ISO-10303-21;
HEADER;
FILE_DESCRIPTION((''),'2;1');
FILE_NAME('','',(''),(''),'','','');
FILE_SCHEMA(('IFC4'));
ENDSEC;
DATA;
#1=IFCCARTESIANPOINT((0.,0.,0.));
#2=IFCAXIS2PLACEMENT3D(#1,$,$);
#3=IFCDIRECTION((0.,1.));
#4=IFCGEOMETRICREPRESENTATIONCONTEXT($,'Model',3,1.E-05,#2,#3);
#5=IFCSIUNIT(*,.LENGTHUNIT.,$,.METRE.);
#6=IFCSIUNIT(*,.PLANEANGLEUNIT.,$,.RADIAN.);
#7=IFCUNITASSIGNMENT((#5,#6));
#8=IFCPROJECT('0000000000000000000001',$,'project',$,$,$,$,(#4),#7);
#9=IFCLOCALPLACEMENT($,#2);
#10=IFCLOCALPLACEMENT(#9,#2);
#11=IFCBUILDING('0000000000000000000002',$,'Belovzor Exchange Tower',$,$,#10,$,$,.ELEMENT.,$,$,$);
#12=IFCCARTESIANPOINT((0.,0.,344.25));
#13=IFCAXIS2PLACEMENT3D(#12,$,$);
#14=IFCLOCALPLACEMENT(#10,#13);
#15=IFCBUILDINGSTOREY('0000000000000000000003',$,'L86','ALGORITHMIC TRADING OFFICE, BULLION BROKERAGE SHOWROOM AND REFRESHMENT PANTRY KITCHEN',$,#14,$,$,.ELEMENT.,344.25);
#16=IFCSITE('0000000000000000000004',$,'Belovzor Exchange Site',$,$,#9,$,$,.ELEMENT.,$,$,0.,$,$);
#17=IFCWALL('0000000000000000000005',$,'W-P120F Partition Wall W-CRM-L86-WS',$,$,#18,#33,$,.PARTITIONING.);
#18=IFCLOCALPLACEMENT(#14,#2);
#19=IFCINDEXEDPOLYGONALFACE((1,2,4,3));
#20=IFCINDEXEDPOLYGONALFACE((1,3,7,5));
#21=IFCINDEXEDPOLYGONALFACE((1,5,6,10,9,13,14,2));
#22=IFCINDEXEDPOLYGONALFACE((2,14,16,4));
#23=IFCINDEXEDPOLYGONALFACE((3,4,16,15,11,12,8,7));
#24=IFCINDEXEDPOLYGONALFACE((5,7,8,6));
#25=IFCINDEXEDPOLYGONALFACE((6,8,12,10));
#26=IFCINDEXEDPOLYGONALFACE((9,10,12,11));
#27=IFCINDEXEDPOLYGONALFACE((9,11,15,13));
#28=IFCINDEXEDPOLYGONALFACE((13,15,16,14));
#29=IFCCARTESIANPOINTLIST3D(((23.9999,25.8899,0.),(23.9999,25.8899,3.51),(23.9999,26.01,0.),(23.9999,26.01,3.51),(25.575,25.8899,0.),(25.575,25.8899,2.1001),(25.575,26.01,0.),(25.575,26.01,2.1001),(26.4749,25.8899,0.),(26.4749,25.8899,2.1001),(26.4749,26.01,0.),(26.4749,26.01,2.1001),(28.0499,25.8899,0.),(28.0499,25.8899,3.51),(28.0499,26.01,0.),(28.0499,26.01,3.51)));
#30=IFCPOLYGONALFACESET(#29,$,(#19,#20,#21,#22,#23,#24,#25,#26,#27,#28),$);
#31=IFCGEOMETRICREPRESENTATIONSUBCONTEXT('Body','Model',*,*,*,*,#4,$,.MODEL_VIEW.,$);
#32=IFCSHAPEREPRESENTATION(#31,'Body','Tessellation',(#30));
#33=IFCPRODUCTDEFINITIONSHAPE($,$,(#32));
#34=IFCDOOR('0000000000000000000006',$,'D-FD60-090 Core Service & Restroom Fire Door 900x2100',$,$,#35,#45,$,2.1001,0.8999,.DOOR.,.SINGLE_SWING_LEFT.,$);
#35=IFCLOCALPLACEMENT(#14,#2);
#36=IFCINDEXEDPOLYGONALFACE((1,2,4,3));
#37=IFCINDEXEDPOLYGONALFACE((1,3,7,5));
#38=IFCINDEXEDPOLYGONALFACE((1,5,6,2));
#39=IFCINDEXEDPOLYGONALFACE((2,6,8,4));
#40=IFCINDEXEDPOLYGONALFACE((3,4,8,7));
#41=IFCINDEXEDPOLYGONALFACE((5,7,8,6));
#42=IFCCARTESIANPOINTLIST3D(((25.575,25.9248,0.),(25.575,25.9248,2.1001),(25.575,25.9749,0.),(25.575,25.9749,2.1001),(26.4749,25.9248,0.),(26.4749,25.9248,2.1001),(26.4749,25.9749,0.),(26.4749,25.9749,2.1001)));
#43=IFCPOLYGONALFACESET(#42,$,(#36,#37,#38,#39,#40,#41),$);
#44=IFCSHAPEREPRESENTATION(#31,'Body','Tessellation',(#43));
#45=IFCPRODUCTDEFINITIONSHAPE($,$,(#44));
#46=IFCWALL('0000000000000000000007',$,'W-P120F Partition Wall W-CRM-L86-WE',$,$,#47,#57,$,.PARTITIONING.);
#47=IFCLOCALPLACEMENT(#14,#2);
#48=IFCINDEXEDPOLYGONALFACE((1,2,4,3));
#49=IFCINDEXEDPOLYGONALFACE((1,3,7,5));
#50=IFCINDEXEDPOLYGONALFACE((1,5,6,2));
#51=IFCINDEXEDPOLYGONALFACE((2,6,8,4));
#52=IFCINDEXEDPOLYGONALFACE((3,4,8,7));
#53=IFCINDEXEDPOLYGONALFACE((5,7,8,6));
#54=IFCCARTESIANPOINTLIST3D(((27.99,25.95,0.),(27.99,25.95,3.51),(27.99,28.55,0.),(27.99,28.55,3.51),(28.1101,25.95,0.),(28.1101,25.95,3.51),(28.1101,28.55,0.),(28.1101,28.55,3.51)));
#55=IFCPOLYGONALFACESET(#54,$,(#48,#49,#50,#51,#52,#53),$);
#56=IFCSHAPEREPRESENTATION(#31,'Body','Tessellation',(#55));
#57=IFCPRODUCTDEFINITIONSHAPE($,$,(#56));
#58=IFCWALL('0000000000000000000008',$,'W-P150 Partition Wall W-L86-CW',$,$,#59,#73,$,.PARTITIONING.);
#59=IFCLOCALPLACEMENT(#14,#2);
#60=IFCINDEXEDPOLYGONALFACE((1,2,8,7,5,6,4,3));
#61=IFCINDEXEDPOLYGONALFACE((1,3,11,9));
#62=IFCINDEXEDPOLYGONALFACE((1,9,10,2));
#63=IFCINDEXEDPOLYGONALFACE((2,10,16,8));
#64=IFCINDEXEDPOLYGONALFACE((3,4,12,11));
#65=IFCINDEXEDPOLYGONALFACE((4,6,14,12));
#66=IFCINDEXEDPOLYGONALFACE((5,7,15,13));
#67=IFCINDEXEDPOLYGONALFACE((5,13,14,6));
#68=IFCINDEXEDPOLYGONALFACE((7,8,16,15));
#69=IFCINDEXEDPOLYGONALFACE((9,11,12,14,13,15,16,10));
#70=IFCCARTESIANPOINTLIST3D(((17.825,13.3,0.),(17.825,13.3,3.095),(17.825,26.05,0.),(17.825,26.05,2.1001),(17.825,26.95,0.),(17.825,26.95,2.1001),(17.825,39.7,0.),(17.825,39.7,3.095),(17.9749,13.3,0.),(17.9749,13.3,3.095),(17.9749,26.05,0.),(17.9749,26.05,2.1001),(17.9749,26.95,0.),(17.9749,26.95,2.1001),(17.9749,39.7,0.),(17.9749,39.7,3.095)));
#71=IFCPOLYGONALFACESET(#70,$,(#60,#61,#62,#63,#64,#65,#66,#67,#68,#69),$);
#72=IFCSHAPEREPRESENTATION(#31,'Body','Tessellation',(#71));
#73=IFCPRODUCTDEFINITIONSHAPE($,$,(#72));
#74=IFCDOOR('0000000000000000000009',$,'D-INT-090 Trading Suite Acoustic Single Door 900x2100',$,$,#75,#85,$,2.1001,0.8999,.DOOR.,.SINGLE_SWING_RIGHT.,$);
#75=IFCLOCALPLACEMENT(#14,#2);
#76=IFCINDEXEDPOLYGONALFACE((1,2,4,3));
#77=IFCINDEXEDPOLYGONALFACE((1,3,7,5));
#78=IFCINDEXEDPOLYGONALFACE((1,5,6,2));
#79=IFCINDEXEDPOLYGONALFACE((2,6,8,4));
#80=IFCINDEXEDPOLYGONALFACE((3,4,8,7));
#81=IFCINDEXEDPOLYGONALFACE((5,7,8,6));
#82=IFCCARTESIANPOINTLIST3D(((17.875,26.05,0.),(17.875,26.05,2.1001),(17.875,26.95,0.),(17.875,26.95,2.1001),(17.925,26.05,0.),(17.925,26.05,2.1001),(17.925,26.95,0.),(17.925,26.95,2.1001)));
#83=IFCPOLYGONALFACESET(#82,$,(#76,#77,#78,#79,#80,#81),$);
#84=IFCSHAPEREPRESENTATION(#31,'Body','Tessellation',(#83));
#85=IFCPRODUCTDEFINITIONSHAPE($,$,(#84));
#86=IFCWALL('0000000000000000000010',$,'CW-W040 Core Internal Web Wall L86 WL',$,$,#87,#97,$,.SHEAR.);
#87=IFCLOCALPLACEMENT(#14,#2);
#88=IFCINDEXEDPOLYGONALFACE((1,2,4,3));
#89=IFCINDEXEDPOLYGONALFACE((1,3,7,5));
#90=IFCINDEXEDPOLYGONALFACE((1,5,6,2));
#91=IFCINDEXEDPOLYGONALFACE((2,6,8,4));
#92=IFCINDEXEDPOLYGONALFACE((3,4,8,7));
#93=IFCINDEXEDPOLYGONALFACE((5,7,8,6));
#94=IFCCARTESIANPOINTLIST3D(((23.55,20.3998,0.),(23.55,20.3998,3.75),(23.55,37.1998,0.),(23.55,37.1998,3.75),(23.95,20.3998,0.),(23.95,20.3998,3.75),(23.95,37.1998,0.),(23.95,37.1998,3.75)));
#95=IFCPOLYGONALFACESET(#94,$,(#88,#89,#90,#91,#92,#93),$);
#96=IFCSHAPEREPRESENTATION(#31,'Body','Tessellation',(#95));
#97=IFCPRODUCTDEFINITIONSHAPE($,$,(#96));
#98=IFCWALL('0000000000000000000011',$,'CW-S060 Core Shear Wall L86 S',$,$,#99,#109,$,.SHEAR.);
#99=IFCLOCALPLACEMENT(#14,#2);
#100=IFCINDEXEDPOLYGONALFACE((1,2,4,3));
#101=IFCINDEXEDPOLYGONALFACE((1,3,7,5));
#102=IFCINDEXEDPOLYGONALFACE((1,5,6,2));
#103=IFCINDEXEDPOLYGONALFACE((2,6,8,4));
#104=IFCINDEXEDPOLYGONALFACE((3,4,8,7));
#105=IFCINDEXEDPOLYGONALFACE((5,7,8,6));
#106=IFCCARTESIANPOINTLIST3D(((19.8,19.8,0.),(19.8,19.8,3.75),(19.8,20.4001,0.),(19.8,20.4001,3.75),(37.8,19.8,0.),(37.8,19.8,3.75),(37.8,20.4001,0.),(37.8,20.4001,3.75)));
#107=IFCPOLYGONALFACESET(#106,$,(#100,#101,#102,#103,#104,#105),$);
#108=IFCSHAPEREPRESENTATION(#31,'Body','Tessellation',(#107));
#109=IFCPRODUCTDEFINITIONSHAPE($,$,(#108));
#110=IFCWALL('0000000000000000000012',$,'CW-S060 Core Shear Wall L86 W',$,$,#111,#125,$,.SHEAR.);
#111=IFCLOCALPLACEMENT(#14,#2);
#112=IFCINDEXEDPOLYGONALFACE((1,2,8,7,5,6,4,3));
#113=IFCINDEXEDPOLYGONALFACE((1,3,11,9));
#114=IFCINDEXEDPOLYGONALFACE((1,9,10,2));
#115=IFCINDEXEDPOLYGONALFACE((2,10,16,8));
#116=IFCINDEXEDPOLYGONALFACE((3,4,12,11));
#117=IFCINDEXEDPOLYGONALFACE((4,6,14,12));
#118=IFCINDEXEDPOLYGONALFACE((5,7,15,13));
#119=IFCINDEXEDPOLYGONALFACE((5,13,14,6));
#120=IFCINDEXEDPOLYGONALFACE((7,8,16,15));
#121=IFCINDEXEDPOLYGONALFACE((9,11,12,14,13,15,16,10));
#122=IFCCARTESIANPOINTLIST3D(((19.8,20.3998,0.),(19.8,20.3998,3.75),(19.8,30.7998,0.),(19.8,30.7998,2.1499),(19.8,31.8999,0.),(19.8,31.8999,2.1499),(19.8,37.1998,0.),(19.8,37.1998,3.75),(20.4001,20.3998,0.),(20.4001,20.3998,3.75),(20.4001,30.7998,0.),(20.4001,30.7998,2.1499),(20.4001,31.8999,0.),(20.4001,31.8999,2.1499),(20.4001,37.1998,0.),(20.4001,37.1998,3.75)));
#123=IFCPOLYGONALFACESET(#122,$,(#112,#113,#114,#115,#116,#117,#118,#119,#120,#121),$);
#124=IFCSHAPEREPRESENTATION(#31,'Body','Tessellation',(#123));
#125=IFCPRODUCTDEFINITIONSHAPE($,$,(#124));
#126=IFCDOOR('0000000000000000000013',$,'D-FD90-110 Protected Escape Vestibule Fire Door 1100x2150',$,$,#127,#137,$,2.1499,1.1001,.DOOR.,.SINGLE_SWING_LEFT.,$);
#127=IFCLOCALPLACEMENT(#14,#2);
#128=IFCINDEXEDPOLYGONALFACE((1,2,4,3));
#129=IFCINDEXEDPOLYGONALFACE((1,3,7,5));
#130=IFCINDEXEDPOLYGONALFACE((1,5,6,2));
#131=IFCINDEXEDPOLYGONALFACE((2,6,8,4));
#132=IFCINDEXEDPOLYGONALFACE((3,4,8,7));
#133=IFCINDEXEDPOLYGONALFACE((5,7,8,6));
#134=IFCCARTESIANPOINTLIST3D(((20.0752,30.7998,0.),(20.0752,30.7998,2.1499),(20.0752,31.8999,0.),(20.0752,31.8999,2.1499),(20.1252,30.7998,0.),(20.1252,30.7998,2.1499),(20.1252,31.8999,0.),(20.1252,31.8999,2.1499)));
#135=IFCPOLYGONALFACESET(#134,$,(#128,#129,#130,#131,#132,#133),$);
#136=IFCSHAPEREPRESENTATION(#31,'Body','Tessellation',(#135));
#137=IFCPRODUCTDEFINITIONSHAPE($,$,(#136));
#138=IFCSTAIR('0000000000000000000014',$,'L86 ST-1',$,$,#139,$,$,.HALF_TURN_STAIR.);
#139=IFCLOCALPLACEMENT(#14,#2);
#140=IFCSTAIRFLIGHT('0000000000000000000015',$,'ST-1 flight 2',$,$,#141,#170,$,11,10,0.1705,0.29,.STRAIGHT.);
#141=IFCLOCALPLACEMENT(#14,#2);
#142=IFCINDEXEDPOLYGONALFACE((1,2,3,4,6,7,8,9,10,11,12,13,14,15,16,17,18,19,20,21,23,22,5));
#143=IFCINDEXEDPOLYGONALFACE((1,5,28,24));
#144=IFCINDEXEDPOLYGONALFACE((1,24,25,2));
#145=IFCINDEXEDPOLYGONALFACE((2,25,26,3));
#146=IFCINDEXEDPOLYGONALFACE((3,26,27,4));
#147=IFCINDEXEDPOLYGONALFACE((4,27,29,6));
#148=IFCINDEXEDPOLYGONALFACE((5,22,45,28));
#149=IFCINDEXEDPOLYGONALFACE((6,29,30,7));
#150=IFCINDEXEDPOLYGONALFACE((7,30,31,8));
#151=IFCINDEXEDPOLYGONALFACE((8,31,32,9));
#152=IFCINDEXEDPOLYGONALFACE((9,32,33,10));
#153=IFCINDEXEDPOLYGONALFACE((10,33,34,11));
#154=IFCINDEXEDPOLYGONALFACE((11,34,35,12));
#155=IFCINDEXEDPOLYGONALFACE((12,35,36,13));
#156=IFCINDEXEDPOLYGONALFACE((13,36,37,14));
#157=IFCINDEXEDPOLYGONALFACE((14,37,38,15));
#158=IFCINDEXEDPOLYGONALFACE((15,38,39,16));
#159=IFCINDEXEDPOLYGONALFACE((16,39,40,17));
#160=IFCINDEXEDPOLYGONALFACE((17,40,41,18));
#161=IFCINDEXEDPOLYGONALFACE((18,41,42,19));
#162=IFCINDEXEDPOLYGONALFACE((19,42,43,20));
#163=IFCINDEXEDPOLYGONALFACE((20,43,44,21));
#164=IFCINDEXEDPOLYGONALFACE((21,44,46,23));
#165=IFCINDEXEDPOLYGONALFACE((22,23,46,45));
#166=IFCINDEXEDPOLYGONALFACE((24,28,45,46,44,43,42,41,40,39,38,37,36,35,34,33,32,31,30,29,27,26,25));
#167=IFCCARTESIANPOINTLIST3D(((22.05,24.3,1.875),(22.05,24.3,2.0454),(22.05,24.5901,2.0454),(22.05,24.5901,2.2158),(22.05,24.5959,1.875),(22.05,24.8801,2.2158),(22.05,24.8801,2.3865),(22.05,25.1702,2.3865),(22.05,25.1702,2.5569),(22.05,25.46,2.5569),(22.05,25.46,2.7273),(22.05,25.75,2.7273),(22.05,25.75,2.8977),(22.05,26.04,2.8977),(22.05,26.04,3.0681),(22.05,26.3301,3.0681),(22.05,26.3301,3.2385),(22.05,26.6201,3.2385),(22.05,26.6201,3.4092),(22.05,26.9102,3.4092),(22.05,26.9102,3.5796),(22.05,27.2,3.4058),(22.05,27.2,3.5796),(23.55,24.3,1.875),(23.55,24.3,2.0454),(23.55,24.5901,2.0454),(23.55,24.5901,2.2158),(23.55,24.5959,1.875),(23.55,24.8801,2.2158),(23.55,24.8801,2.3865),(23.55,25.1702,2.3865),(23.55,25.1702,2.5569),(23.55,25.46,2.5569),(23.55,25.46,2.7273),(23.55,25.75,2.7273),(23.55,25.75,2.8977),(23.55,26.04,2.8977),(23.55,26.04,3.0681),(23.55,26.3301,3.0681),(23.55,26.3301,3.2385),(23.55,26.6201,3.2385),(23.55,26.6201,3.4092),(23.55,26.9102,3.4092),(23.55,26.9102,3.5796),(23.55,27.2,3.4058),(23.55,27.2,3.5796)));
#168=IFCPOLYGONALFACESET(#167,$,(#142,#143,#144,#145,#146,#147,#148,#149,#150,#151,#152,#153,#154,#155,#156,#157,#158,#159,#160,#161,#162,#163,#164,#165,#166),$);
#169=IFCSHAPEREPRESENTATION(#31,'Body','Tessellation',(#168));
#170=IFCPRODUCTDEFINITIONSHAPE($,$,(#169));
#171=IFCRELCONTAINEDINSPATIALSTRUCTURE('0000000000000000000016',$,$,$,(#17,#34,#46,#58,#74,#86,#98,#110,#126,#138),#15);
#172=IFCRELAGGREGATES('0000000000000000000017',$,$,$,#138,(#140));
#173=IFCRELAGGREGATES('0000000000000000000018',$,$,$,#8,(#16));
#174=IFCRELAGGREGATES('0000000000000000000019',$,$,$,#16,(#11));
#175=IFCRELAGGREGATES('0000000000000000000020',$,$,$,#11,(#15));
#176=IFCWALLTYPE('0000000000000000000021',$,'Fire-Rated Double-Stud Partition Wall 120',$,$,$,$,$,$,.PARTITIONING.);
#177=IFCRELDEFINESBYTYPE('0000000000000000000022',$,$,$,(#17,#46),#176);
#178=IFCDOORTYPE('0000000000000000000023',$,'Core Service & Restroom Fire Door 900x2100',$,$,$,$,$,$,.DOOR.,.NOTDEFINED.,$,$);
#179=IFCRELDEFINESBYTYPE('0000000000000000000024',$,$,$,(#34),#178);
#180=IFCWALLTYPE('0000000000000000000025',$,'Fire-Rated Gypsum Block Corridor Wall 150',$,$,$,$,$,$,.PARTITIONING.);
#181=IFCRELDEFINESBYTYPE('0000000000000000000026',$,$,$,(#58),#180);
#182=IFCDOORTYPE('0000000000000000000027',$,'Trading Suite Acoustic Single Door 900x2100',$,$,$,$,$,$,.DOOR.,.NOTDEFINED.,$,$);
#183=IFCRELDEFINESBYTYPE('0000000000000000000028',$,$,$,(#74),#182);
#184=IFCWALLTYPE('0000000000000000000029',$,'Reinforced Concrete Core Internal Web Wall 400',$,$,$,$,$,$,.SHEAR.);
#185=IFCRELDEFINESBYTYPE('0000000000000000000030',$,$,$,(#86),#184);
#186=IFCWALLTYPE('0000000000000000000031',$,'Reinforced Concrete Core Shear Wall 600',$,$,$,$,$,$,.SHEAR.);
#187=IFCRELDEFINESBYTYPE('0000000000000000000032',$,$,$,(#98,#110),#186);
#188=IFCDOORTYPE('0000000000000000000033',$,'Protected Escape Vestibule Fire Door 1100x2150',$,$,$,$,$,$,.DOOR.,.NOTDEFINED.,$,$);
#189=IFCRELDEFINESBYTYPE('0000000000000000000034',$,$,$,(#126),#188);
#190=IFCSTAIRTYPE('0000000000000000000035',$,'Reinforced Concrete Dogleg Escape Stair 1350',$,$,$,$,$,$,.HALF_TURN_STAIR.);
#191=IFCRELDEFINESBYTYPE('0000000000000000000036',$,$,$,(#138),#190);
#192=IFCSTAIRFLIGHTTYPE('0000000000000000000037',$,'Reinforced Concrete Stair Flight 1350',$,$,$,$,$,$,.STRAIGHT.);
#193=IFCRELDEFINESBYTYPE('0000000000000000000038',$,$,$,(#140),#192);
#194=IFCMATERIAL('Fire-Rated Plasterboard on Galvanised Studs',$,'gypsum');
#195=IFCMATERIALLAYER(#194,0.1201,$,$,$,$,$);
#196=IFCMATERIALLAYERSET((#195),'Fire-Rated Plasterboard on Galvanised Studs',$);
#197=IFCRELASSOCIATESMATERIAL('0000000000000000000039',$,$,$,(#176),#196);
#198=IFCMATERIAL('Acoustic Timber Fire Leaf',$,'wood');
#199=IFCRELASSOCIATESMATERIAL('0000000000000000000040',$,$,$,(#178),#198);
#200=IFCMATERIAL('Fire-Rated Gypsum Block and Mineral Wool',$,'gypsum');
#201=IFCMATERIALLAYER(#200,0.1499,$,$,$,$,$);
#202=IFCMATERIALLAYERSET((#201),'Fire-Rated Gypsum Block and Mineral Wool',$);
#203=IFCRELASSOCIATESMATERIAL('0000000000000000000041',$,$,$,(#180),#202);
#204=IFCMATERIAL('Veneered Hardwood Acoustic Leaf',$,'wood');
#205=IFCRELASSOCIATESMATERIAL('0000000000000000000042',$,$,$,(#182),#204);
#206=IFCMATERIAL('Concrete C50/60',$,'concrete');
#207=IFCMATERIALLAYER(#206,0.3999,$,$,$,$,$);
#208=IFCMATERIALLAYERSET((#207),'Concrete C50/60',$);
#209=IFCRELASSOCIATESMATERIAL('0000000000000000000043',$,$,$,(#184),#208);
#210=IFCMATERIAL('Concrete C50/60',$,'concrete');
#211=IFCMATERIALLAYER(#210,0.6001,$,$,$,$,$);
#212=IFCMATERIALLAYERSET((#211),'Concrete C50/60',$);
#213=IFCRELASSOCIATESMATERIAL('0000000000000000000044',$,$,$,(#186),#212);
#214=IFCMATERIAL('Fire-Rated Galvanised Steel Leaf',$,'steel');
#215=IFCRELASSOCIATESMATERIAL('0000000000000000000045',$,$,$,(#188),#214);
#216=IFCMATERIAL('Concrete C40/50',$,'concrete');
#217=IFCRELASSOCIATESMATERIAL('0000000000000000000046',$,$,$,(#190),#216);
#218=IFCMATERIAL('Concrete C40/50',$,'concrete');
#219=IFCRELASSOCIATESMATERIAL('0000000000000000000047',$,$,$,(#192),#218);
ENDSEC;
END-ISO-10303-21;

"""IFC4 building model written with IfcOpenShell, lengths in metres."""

from ifc_helpers import new_model, si_unit, direction, frame, frame_2d, origin, place, context, subcontext, project, spatial, polyline, rectangle, outline, extrude, material, layer, layer_set, type_object, element, fill, aggregate, save


model = new_model("IFC4")

# Units and contexts
model_context = context("Model", 3, precision=1e-05, world=origin(), true_north=direction((0.0, 1.0)))
body_context = subcontext(model_context, "Body", "Model", "MODEL_VIEW")
ifc_project = project(units=[si_unit("LENGTHUNIT", "METRE"), si_unit("PLANEANGLEUNIT", "RADIAN")], contexts=[model_context])

# Site, building, storey
site_placement = place(None, origin())
site = spatial("IfcSite", under=ifc_project, at=site_placement, Name="Belovzor Exchange Site", CompositionType="ELEMENT", RefElevation=0.0)
building_placement = place(site_placement, origin())
building = spatial("IfcBuilding", under=site, at=building_placement, Name="Belovzor Exchange Tower", CompositionType="ELEMENT")
storey_placement = place(building_placement, frame((0.0, 0.0, 344.25)))
storey = spatial("IfcBuildingStorey", under=building, at=storey_placement, Name="L86", Description="ALGORITHMIC TRADING OFFICE, BULLION BROKERAGE SHOWROOM AND REFRESHMENT PANTRY KITCHEN", CompositionType="ELEMENT", Elevation=344.25)

# Shared definitions
ifc_material_1 = material(Name="Fire-Rated Plasterboard on Galvanised Studs", Category="gypsum")
ifc_layer_1 = layer(ifc_material_1, 0.1201)
ifc_layer_set_1 = layer_set([ifc_layer_1], Name="Fire-Rated Plasterboard on Galvanised Studs")
wall_type_1 = type_object("IfcWallType", Name="Fire-Rated Double-Stud Partition Wall 120", PredefinedType="PARTITIONING", material=ifc_layer_set_1)
ifc_material_2 = material(Name="Acoustic Timber Fire Leaf", Category="wood")
door_type_1 = type_object("IfcDoorType", Name="Core Service & Restroom Fire Door 900x2100", OperationType="NOTDEFINED", PredefinedType="DOOR", material=ifc_material_2)

# Wall, opening, door
wall_1_placement = place(storey_placement, frame((24.0, 25.95, 0.0), z_axis=(0.0, 0.0, 1.0), x_axis=(1.0, 0.0, 0.0)))
wall_1 = element("IfcWall", 1, at=wall_1_placement, inside=storey, type_object=wall_type_1, Name="W-P120F Partition Wall W-CRM-L86-WS", PredefinedType="PARTITIONING", context=body_context, shape_type="SweptSolid", body=[
    extrude(rectangle(XDim=4.05, YDim=0.1201, at=frame_2d((2.0249, 0.0))), origin(), (0.0, 0.0, 1.0), 3.51),
])
opening_1_placement = place(wall_1_placement, frame((1.575, 0.0, 0.0)))
opening_1 = element("IfcOpeningElement", 2, at=opening_1_placement, cuts=wall_1, PredefinedType="OPENING", context=body_context, shape_type="SweptSolid", body=[
    extrude(rectangle(XDim=0.8999, YDim=2.1001, at=frame_2d((0.45, 1.05))), frame((0.0, 0.0701, 0.0), z_axis=(0.0, -1.0, 0.0), x_axis=(1.0, 0.0, 0.0)), (0.0, 0.0, 1.0), 0.1401),
])
door_1_placement = place(opening_1_placement, origin())
door_1 = element("IfcDoor", 3, at=door_1_placement, inside=storey, type_object=door_type_1, Name="D-FD60-090 Core Service & Restroom Fire Door 900x2100", OperationType="SINGLE_SWING_LEFT", OverallHeight=2.1001, OverallWidth=0.8999, PredefinedType="DOOR", context=body_context, shape_type="SweptSolid", body=[
    extrude(rectangle(XDim=0.8999, YDim=2.1001, at=frame_2d((0.45, 1.05))), frame((0.0, 0.0249, 0.0), z_axis=(0.0, -1.0, 0.0), x_axis=(1.0, 0.0, 0.0)), (0.0, 0.0, 1.0), 0.05),
])
fill(opening_1, door_1)

# Wall
wall_2_placement = place(storey_placement, frame((28.05, 25.95, 0.0), z_axis=(0.0, 0.0, 1.0), x_axis=(0.0, 1.0, 0.0)))
element("IfcWall", 4, at=wall_2_placement, inside=storey, type_object=wall_type_1, Name="W-P120F Partition Wall W-CRM-L86-WE", PredefinedType="PARTITIONING", context=body_context, shape_type="SweptSolid", body=[
    extrude(rectangle(XDim=2.6001, YDim=0.1201, at=frame_2d((1.3, 0.0))), origin(), (0.0, 0.0, 1.0), 3.51),
])

# Wall, opening, door
ifc_material_3 = material(Name="Fire-Rated Gypsum Block and Mineral Wool", Category="gypsum")
ifc_layer_2 = layer(ifc_material_3, 0.1499)
ifc_layer_set_2 = layer_set([ifc_layer_2], Name="Fire-Rated Gypsum Block and Mineral Wool")
wall_type_2 = type_object("IfcWallType", Name="Fire-Rated Gypsum Block Corridor Wall 150", PredefinedType="PARTITIONING", material=ifc_layer_set_2)
wall_3_placement = place(storey_placement, frame((17.8999, 13.3, 0.0), z_axis=(0.0, 0.0, 1.0), x_axis=(0.0, 1.0, 0.0)))
wall_3 = element("IfcWall", 5, at=wall_3_placement, inside=storey, type_object=wall_type_2, Name="W-P150 Partition Wall W-L86-CW", PredefinedType="PARTITIONING", context=body_context, shape_type="SweptSolid", body=[
    extrude(rectangle(XDim=26.3999, YDim=0.1499, at=frame_2d((13.2, 0.0))), origin(), (0.0, 0.0, 1.0), 3.095),
])
opening_2_placement = place(wall_3_placement, frame((12.75, 0.0, 0.0)))
opening_2 = element("IfcOpeningElement", 6, at=opening_2_placement, cuts=wall_3, PredefinedType="OPENING", context=body_context, shape_type="SweptSolid", body=[
    extrude(rectangle(XDim=0.8999, YDim=2.1001, at=frame_2d((0.45, 1.05))), frame((0.0, 0.085, 0.0), z_axis=(0.0, -1.0, 0.0), x_axis=(1.0, 0.0, 0.0)), (0.0, 0.0, 1.0), 0.1699),
])
ifc_material_4 = material(Name="Veneered Hardwood Acoustic Leaf", Category="wood")
door_type_2 = type_object("IfcDoorType", Name="Trading Suite Acoustic Single Door 900x2100", OperationType="NOTDEFINED", PredefinedType="DOOR", material=ifc_material_4)
door_2_placement = place(opening_2_placement, origin())
door_2 = element("IfcDoor", 7, at=door_2_placement, inside=storey, type_object=door_type_2, Name="D-INT-090 Trading Suite Acoustic Single Door 900x2100", OperationType="SINGLE_SWING_RIGHT", OverallHeight=2.1001, OverallWidth=0.8999, PredefinedType="DOOR", context=body_context, shape_type="SweptSolid", body=[
    extrude(rectangle(XDim=0.8999, YDim=2.1001, at=frame_2d((0.45, 1.05))), frame((0.0, 0.0249, 0.0), z_axis=(0.0, -1.0, 0.0), x_axis=(1.0, 0.0, 0.0)), (0.0, 0.0, 1.0), 0.05),
])
fill(opening_2, door_2)

# Walls
ifc_material_5 = material(Name="Concrete C50/60", Category="concrete")
ifc_layer_3 = layer(ifc_material_5, 0.3999)
ifc_layer_set_3 = layer_set([ifc_layer_3], Name="Concrete C50/60")
wall_type_3 = type_object("IfcWallType", Name="Reinforced Concrete Core Internal Web Wall 400", PredefinedType="SHEAR", material=ifc_layer_set_3)
wall_4_placement = place(storey_placement, frame((23.75, 20.3999, 0.0), z_axis=(0.0, 0.0, 1.0), x_axis=(0.0, 1.0, 0.0)))
element("IfcWall", 8, at=wall_4_placement, inside=storey, type_object=wall_type_3, Name="CW-W040 Core Internal Web Wall L86 WL", PredefinedType="SHEAR", context=body_context, shape_type="SweptSolid", body=[
    extrude(rectangle(XDim=16.8, YDim=0.3999, at=frame_2d((8.3999, 0.0))), origin(), (0.0, 0.0, 1.0), 3.75),
])
ifc_material_6 = material(Name="Concrete C50/60", Category="concrete")
ifc_layer_4 = layer(ifc_material_6, 0.6001)
ifc_layer_set_4 = layer_set([ifc_layer_4], Name="Concrete C50/60")
wall_type_4 = type_object("IfcWallType", Name="Reinforced Concrete Core Shear Wall 600", PredefinedType="SHEAR", material=ifc_layer_set_4)
wall_5_placement = place(storey_placement, frame((19.8, 20.1001, 0.0), z_axis=(0.0, 0.0, 1.0), x_axis=(1.0, 0.0, 0.0)))
element("IfcWall", 9, at=wall_5_placement, inside=storey, type_object=wall_type_4, Name="CW-S060 Core Shear Wall L86 S", PredefinedType="SHEAR", context=body_context, shape_type="SweptSolid", body=[
    extrude(rectangle(XDim=18.0, YDim=0.6001, at=frame_2d((9.0, 0.0))), origin(), (0.0, 0.0, 1.0), 3.75),
])

# Wall, opening, door
wall_6_placement = place(storey_placement, frame((20.1001, 20.3999, 0.0), z_axis=(0.0, 0.0, 1.0), x_axis=(0.0, 1.0, 0.0)))
wall_6 = element("IfcWall", 10, at=wall_6_placement, inside=storey, type_object=wall_type_4, Name="CW-S060 Core Shear Wall L86 W", PredefinedType="SHEAR", context=body_context, shape_type="SweptSolid", body=[
    extrude(rectangle(XDim=16.8, YDim=0.6001, at=frame_2d((8.3999, 0.0))), origin(), (0.0, 0.0, 1.0), 3.75),
])
opening_3_placement = place(wall_6_placement, frame((10.3999, 0.0, 0.0)))
opening_3 = element("IfcOpeningElement", 11, at=opening_3_placement, cuts=wall_6, PredefinedType="OPENING", context=body_context, shape_type="SweptSolid", body=[
    extrude(rectangle(XDim=1.1001, YDim=2.1499, at=frame_2d((0.55, 1.075))), frame((0.0, 0.3101, 0.0), z_axis=(0.0, -1.0, 0.0), x_axis=(1.0, 0.0, 0.0)), (0.0, 0.0, 1.0), 0.6201),
])
ifc_material_7 = material(Name="Fire-Rated Galvanised Steel Leaf", Category="steel")
door_type_3 = type_object("IfcDoorType", Name="Protected Escape Vestibule Fire Door 1100x2150", OperationType="NOTDEFINED", PredefinedType="DOOR", material=ifc_material_7)
door_3_placement = place(opening_3_placement, origin())
door_3 = element("IfcDoor", 12, at=door_3_placement, inside=storey, type_object=door_type_3, Name="D-FD90-110 Protected Escape Vestibule Fire Door 1100x2150", OperationType="SINGLE_SWING_LEFT", OverallHeight=2.1499, OverallWidth=1.1001, PredefinedType="DOOR", context=body_context, shape_type="SweptSolid", body=[
    extrude(rectangle(XDim=1.1001, YDim=2.1499, at=frame_2d((0.55, 1.075))), frame((0.0, 0.0249, 0.0), z_axis=(0.0, -1.0, 0.0), x_axis=(1.0, 0.0, 0.0)), (0.0, 0.0, 1.0), 0.05),
])
fill(opening_3, door_3)

# Stair, stair flight
ifc_material_8 = material(Name="Concrete C40/50", Category="concrete")
stair_type = type_object("IfcStairType", Name="Reinforced Concrete Dogleg Escape Stair 1350", PredefinedType="HALF_TURN_STAIR", material=ifc_material_8)
stair_placement = place(storey_placement, origin())
stair = element("IfcStair", 13, at=stair_placement, inside=storey, type_object=stair_type, Name="L86 ST-1", PredefinedType="HALF_TURN_STAIR")
ifc_material_9 = material(Name="Concrete C40/50", Category="concrete")
stair_flight_type = type_object("IfcStairFlightType", Name="Reinforced Concrete Stair Flight 1350", PredefinedType="STRAIGHT", material=ifc_material_9)
stair_flight_placement = place(storey_placement, frame((22.8, 24.3, 1.875), z_axis=(0.0, 0.0, 1.0), x_axis=(0.0, 1.0, 0.0)))
stair_flight = element("IfcStairFlight", 14, at=stair_flight_placement, type_object=stair_flight_type, Name="ST-1 flight 2", NumberOfRisers=11, NumberOfTreads=10, PredefinedType="STRAIGHT", RiserHeight=0.1705, TreadLength=0.29, context=body_context, shape_type="SweptSolid", body=[
    extrude(outline(polyline([(0.0, 0.0), (0.0, 0.1704), (0.29, 0.1704), (0.29, 0.3408), (0.5801, 0.3408), (0.5801, 0.5115), (0.8701, 0.5115), (0.8701, 0.6819), (1.1599, 0.6819), (1.1599, 0.8523), (1.45, 0.8523), (1.45, 1.0227), (1.74, 1.0227), (1.74, 1.1931), (2.03, 1.1931), (2.03, 1.3635), (2.3201, 1.3635), (2.3201, 1.5342), (2.6101, 1.5342), (2.6101, 1.7046), (2.8999, 1.7046), (2.8999, 1.875), (2.8999, 1.5308), (0.2959, 0.0), (0.0, 0.0)])), frame((0.0, 0.75, 0.0), z_axis=(0.0, -1.0, 0.0), x_axis=(1.0, 0.0, 0.0)), (0.0, 0.0, 1.0), 1.5),
])
aggregate(stair, [stair_flight])

save(model, "model.ifc")
